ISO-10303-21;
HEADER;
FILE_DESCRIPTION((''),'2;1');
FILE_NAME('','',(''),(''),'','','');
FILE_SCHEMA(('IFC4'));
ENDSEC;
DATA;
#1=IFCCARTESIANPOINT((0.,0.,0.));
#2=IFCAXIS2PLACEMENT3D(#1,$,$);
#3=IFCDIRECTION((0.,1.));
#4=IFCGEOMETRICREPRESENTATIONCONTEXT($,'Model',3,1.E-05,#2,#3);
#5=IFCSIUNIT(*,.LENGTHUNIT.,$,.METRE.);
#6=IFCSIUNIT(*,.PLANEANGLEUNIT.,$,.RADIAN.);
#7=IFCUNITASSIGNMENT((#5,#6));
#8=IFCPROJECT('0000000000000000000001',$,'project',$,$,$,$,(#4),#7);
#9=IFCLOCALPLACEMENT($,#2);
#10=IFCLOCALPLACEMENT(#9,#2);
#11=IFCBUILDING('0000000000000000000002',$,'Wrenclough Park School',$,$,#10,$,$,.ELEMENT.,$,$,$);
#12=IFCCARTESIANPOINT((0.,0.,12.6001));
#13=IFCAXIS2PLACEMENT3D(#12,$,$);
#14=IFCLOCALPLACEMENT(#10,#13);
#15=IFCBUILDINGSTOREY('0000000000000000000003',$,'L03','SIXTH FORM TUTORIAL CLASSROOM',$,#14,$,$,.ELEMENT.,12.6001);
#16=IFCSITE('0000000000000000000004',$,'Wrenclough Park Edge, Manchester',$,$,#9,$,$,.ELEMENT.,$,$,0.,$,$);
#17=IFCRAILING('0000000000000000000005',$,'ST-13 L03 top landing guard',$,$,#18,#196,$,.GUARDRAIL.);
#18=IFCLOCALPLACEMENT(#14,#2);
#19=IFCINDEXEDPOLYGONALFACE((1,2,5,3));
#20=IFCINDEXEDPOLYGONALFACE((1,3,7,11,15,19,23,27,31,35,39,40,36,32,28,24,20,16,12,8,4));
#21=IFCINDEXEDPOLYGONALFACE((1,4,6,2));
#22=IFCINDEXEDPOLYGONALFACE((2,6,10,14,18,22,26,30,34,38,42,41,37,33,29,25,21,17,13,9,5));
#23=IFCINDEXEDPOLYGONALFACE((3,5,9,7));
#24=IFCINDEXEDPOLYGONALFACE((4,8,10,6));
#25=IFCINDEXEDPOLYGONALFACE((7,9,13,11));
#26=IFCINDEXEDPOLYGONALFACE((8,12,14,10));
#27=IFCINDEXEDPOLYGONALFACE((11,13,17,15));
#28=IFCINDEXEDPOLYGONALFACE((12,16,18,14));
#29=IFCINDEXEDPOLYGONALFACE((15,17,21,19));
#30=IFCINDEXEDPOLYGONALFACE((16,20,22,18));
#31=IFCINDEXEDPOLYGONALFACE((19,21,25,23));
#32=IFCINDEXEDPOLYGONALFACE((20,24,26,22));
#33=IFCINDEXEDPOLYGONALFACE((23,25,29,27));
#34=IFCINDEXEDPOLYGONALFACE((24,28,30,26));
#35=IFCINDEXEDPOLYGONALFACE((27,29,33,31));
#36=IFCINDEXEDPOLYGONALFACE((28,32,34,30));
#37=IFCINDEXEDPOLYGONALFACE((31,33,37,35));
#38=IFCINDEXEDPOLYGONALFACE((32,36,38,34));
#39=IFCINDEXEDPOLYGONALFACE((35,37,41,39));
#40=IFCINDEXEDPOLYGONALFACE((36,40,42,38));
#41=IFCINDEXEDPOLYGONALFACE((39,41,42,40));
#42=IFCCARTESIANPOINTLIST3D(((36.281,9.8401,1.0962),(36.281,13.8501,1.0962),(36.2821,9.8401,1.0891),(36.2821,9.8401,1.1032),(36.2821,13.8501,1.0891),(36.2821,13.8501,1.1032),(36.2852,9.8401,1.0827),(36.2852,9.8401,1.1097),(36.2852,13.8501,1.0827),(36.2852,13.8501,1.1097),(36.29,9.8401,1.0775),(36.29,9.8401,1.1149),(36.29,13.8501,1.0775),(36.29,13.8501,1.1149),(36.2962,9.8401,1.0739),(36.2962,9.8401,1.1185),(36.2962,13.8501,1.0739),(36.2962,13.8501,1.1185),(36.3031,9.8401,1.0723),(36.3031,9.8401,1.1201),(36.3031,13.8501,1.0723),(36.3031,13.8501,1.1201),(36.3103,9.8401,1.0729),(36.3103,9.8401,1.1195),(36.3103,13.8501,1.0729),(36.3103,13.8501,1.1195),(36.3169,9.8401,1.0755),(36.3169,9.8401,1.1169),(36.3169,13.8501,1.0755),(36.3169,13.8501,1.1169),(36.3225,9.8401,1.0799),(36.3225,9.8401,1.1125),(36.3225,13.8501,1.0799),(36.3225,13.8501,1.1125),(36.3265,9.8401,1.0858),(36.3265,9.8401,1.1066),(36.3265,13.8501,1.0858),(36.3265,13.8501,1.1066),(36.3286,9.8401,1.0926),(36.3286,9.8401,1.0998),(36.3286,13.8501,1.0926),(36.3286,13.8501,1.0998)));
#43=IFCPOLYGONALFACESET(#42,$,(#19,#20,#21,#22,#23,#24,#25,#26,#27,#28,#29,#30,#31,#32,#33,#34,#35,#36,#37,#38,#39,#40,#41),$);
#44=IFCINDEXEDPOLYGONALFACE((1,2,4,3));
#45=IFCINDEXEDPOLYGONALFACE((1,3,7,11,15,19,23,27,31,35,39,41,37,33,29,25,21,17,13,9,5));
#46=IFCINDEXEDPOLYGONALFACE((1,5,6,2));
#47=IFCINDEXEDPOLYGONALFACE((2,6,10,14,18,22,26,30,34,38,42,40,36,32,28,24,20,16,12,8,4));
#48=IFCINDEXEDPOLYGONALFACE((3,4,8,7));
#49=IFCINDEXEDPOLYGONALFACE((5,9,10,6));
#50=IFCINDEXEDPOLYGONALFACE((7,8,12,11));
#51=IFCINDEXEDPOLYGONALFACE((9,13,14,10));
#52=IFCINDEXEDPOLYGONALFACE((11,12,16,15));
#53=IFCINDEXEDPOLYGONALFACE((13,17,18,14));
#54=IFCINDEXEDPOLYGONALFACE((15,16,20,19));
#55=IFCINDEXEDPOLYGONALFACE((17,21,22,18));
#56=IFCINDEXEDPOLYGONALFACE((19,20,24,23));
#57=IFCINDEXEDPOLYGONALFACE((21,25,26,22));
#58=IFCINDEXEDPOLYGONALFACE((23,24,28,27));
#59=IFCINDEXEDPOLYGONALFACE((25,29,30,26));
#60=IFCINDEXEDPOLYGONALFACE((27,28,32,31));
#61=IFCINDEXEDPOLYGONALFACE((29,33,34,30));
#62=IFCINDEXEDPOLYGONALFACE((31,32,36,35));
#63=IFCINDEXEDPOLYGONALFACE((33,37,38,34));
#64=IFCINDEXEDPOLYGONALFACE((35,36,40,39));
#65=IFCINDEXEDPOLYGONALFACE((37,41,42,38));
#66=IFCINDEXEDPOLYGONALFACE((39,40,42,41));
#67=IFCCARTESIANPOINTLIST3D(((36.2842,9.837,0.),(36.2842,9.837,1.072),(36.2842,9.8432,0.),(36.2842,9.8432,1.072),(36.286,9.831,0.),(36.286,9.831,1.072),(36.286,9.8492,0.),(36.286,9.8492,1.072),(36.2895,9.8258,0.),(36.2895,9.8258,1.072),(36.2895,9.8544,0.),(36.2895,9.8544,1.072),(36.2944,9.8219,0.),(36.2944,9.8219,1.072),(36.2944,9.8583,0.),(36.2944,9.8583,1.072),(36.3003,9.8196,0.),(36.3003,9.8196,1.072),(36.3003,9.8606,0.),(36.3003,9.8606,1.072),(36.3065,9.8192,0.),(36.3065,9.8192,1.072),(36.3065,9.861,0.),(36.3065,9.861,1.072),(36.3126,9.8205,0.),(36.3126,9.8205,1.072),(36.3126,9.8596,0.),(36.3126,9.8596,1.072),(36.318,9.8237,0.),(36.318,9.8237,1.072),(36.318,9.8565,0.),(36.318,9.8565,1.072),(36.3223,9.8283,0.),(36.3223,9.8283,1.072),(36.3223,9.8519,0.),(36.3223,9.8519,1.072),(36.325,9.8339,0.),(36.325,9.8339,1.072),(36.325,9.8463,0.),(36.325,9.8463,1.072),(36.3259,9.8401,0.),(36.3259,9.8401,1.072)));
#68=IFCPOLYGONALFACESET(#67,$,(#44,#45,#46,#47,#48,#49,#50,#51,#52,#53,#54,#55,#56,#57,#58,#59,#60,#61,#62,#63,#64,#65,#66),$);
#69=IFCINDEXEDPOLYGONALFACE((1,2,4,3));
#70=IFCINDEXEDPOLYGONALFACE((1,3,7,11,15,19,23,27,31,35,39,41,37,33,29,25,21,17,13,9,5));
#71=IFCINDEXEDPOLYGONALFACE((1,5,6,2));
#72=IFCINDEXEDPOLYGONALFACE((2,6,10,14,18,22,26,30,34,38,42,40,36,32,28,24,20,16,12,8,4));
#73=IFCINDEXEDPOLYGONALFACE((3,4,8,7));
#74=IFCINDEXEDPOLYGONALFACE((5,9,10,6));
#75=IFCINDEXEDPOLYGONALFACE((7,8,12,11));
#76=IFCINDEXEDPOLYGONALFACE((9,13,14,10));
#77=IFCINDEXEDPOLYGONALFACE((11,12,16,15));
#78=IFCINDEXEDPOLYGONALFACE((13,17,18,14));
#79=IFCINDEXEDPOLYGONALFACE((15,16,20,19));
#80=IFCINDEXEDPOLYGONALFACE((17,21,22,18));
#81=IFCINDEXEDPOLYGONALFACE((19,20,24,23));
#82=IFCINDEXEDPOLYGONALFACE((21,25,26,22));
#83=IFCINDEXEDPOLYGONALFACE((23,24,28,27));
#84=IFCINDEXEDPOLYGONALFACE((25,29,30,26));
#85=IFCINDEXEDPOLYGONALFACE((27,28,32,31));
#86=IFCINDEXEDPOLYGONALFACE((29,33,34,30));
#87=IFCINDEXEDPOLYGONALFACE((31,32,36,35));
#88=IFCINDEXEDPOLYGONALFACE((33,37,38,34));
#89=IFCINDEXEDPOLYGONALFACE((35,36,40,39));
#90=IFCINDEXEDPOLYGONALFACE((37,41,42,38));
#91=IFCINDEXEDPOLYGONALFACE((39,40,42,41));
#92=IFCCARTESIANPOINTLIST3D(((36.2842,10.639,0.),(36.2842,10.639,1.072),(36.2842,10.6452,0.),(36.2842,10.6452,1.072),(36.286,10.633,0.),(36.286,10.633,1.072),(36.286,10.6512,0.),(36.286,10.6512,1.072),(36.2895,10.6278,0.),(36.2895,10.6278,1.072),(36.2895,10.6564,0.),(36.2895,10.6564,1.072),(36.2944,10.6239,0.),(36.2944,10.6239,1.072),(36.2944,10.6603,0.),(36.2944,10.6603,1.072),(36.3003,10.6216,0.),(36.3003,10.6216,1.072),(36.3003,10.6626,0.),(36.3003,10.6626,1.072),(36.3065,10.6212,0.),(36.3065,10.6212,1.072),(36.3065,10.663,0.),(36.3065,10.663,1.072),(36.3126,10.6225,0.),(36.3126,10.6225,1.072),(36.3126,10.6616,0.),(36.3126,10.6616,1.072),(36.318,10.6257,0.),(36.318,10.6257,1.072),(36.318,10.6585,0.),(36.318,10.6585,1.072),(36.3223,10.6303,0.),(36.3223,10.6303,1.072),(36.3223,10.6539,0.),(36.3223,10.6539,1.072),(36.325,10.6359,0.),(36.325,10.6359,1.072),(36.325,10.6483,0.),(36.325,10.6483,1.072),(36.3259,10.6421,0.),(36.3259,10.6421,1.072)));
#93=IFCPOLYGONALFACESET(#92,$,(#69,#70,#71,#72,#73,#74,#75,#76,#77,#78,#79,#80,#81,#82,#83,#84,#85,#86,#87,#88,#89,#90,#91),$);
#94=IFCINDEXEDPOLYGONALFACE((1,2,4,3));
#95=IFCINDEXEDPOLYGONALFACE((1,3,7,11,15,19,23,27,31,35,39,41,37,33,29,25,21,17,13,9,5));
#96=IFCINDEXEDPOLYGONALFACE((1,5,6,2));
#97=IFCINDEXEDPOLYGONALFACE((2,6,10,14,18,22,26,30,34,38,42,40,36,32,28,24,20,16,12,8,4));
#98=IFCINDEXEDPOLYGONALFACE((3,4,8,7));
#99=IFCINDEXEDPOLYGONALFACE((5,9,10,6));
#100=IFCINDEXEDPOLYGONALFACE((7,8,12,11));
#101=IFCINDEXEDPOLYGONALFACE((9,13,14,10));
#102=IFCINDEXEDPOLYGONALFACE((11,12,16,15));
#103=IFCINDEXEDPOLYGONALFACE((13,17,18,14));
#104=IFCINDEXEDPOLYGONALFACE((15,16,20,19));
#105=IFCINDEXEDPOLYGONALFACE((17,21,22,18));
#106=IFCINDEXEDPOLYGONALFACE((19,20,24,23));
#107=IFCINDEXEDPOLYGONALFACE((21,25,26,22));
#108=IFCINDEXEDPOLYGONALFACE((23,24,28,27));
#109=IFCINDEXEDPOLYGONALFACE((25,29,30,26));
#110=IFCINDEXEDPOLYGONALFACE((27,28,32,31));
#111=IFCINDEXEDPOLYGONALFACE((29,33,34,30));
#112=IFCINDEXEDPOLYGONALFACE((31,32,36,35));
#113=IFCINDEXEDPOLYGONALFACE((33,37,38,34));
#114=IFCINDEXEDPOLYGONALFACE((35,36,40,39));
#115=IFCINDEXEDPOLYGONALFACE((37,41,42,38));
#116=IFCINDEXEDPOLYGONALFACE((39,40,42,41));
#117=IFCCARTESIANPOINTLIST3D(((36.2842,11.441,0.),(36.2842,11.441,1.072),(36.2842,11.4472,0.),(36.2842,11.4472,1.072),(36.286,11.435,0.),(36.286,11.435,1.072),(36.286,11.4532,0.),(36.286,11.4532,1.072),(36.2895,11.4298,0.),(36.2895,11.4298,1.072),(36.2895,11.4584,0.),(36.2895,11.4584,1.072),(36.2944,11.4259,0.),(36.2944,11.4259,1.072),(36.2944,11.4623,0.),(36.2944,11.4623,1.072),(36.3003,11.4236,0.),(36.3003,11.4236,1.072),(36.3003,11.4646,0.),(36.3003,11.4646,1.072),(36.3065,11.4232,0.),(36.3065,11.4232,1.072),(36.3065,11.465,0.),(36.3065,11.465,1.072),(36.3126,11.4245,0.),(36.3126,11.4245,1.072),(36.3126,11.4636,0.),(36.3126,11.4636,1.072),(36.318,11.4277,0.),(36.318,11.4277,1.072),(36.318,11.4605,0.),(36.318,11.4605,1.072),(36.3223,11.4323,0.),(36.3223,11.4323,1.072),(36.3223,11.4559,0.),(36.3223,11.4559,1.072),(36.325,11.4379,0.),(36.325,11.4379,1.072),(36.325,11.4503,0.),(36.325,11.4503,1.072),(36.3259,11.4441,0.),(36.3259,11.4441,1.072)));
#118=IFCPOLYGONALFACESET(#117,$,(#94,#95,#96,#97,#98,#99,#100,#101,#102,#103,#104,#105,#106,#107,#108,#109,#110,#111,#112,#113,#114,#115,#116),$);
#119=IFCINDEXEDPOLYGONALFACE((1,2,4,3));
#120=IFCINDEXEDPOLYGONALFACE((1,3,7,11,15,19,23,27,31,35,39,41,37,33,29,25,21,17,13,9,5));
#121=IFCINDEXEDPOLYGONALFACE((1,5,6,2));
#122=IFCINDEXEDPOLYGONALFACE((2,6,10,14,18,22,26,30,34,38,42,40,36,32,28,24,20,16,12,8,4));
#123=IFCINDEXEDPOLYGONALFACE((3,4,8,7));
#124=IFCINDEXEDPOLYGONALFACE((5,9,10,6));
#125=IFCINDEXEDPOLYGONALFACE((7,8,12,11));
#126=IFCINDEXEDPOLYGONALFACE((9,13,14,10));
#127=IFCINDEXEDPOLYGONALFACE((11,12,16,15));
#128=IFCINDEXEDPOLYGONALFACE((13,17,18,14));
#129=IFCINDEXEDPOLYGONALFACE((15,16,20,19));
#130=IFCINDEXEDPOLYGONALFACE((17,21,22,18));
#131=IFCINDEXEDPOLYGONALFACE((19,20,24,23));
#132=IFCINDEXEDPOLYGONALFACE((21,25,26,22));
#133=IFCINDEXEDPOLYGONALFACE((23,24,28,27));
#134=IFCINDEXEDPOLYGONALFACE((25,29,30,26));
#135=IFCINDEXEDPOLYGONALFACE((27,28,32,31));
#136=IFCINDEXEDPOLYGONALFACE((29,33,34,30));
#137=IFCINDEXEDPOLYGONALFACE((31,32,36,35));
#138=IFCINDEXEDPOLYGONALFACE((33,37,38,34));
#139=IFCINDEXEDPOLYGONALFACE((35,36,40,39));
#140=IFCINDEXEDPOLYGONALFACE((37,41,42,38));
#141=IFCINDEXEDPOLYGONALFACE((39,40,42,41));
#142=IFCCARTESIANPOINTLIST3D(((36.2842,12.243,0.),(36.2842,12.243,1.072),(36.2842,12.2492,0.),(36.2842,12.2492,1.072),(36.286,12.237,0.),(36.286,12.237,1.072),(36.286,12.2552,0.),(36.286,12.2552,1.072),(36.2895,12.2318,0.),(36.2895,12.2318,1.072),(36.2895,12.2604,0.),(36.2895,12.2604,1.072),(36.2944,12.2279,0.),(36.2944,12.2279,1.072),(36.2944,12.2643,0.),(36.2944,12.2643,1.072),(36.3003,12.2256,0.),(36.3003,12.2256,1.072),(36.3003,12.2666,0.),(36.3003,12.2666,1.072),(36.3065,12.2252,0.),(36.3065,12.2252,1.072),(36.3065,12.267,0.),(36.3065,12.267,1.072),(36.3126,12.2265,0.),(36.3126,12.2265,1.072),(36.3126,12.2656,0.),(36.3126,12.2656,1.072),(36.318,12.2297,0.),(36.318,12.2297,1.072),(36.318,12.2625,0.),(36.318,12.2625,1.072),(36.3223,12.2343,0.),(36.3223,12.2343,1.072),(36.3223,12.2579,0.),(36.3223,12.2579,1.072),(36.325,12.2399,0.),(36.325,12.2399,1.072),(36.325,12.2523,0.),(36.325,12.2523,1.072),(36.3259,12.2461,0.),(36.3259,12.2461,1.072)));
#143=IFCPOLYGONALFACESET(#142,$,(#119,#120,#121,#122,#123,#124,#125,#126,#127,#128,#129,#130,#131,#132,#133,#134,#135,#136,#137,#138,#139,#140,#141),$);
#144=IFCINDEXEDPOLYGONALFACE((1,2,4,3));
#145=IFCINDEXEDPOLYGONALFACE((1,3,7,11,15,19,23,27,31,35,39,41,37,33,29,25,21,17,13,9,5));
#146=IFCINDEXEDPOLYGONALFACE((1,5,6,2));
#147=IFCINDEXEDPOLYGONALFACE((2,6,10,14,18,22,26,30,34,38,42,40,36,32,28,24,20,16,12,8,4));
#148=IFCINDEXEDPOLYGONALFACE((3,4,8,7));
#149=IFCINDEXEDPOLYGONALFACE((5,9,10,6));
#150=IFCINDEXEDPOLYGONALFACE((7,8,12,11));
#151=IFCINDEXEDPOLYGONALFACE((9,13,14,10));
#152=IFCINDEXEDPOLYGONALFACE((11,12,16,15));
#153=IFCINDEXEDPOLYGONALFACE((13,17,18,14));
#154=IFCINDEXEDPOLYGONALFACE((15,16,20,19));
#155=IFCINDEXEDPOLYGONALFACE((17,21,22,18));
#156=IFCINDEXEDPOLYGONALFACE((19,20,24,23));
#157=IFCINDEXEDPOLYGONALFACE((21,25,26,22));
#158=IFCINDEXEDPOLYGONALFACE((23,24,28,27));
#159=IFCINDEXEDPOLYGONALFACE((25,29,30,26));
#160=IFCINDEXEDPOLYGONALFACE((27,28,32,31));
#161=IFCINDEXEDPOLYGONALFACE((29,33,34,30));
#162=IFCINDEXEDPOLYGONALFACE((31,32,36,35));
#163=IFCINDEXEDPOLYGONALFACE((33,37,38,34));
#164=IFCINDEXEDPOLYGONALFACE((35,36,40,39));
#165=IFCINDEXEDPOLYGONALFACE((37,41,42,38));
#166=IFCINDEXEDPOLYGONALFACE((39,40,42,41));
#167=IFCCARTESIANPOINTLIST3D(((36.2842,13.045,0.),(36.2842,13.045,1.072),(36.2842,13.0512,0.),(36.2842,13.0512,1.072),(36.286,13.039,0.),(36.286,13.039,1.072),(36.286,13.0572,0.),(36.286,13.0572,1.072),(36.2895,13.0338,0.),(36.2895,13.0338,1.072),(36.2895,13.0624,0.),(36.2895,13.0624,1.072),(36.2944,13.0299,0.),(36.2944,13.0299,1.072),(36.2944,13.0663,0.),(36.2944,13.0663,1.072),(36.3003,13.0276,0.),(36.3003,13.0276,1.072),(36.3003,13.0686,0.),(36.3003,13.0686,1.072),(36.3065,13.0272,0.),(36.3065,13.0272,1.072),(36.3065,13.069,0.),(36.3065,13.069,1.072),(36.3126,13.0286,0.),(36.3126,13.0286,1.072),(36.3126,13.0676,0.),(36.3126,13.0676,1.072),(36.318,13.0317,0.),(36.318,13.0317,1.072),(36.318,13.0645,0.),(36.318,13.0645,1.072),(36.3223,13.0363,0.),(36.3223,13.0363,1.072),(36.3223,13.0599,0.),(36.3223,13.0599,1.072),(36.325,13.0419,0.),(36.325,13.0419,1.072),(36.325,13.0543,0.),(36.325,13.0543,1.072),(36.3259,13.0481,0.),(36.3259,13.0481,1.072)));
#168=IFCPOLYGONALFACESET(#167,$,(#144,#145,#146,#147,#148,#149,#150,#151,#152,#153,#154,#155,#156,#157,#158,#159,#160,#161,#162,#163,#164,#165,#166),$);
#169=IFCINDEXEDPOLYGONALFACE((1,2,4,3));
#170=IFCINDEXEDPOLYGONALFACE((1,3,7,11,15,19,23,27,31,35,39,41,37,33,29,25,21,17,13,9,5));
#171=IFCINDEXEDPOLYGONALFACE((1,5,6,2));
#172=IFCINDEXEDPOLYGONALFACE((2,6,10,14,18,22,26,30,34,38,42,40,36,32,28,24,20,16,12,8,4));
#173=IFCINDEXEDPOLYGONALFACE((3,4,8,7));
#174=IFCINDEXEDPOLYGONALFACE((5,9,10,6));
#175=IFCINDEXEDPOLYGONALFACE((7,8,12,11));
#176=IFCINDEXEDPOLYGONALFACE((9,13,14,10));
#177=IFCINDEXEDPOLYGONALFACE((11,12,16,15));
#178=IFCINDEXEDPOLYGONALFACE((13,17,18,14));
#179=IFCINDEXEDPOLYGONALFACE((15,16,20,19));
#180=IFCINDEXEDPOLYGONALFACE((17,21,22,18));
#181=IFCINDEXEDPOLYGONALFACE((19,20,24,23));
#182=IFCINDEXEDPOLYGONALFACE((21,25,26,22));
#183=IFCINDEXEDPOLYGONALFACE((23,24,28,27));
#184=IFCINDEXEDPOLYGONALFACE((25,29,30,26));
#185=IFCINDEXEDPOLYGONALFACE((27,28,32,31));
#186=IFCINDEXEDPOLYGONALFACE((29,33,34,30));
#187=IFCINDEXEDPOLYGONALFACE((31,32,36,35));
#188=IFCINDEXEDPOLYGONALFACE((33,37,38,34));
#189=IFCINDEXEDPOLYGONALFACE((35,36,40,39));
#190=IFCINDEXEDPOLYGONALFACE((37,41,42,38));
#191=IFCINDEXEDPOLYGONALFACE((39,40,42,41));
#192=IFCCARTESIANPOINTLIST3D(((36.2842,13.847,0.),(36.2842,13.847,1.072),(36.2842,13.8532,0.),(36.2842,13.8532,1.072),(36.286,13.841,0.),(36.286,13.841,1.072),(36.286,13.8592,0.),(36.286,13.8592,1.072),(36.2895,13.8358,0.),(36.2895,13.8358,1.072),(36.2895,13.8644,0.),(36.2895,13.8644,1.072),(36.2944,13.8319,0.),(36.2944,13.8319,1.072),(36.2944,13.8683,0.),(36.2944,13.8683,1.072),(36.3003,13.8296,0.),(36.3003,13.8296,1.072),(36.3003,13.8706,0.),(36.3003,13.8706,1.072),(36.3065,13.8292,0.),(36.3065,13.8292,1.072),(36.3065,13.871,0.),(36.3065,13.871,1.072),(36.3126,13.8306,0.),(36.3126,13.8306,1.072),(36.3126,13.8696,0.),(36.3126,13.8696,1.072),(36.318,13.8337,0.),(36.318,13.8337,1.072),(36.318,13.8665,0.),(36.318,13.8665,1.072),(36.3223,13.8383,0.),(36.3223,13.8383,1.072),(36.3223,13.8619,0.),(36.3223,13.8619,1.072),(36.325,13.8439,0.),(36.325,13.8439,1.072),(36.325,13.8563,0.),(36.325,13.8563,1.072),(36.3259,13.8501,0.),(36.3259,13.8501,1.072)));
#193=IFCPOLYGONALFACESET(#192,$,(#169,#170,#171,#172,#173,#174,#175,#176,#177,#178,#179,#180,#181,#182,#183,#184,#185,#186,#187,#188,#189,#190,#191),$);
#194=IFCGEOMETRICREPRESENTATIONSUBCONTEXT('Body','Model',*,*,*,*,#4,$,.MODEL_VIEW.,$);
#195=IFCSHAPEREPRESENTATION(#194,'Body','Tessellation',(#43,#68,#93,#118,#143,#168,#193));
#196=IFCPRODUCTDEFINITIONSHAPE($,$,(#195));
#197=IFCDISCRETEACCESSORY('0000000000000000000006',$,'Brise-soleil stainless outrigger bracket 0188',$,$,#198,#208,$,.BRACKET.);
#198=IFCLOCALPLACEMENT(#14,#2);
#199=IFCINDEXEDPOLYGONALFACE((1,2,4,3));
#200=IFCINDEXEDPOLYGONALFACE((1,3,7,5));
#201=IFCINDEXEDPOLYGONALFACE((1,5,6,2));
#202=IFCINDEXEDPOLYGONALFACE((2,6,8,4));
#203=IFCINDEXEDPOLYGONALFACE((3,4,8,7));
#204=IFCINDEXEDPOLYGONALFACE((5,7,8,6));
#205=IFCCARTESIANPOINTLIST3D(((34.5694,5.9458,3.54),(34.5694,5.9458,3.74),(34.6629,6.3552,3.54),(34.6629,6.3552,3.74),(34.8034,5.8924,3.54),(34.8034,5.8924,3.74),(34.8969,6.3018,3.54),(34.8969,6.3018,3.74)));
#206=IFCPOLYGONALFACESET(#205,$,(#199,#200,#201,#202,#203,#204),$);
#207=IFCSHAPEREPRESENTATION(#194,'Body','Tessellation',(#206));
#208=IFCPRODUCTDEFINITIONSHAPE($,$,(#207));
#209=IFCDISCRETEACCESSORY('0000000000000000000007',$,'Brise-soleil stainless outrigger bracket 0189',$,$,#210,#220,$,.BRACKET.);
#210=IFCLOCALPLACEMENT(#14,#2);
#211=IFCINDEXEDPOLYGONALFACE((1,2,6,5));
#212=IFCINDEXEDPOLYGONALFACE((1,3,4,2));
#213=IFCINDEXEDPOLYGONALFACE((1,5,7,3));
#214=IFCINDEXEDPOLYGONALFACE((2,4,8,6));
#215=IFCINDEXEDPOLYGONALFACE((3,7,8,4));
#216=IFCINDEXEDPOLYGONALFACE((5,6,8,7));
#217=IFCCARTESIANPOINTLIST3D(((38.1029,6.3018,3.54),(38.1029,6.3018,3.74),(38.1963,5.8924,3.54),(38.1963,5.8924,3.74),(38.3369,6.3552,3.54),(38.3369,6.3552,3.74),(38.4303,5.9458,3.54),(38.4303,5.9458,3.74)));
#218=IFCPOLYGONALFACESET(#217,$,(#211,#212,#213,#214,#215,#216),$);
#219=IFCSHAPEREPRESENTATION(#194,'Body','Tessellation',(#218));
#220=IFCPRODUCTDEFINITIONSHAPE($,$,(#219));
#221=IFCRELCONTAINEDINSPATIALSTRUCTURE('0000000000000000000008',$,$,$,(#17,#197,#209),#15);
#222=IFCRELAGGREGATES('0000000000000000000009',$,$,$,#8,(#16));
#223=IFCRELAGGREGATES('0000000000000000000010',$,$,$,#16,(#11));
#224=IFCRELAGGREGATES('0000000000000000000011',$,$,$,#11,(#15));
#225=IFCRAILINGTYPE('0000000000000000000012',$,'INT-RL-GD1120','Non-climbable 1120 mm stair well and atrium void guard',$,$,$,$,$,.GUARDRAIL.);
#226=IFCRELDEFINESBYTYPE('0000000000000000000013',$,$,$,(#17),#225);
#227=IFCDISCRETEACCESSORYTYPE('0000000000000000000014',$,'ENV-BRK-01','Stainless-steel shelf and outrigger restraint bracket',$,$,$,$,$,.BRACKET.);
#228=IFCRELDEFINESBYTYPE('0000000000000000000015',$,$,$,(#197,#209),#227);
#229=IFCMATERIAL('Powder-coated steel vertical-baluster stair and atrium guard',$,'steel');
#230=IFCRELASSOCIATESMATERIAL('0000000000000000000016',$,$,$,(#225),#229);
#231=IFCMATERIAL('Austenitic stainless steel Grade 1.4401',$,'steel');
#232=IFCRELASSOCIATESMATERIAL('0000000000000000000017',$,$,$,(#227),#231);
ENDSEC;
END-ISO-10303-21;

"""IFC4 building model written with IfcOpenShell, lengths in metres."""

from ifc_helpers import new_model, si_unit, direction, frame, origin, origin_2d, place, context, subcontext, project, spatial, rectangle, circle, extrude, material, type_object, element, save


model = new_model("IFC4")

# Units and contexts
model_context = context("Model", 3, precision=1e-05, world=origin(), true_north=direction((0.0, 1.0)))
body_context = subcontext(model_context, "Body", "Model", "MODEL_VIEW")
ifc_project = project(units=[si_unit("LENGTHUNIT", "METRE"), si_unit("PLANEANGLEUNIT", "RADIAN")], contexts=[model_context])

# Site, building, storey
site_placement = place(None, origin())
site = spatial("IfcSite", under=ifc_project, at=site_placement, Name="Wrenclough Park Edge, Manchester", CompositionType="ELEMENT", RefElevation=0.0)
building_placement = place(site_placement, origin())
building = spatial("IfcBuilding", under=site, at=building_placement, Name="Wrenclough Park School", CompositionType="ELEMENT")
storey_placement = place(building_placement, frame((0.0, 0.0, 12.6001)))
storey = spatial("IfcBuildingStorey", under=building, at=storey_placement, Name="L03", Description="SIXTH FORM TUTORIAL CLASSROOM", CompositionType="ELEMENT", Elevation=12.6001)

# Railing
ifc_material_1 = material(Name="Powder-coated steel vertical-baluster stair and atrium guard", Category="steel")
railing_type = type_object("IfcRailingType", Name="INT-RL-GD1120", Description="Non-climbable 1120 mm stair well and atrium void guard", PredefinedType="GUARDRAIL", material=ifc_material_1)
railing_1_placement = place(storey_placement, frame((36.3049, 9.8401, 0.0)))
element("IfcRailing", 1, at=railing_1_placement, inside=storey, type_object=railing_type, Name="ST-13 L03 top landing guard", PredefinedType="GUARDRAIL", context=body_context, shape_type="SweptSolid", body=[
    extrude(circle(Radius=0.0239, at=origin_2d()), frame((0.0, 0.0, 1.0962), z_axis=(0.0, 1.0, 0.0), x_axis=(-1.0, 0.0, 0.0)), (0.0, 0.0, 1.0), 4.01),
    extrude(circle(Radius=0.021, at=origin_2d()), origin(), (0.0, 0.0, 1.0), 1.072),
    extrude(circle(Radius=0.021, at=origin_2d()), frame((0.0, 0.802, 0.0)), (0.0, 0.0, 1.0), 1.072),
    extrude(circle(Radius=0.021, at=origin_2d()), frame((0.0, 1.604, 0.0)), (0.0, 0.0, 1.0), 1.072),
    extrude(circle(Radius=0.021, at=origin_2d()), frame((0.0, 2.406, 0.0)), (0.0, 0.0, 1.0), 1.072),
    extrude(circle(Radius=0.021, at=origin_2d()), frame((0.0, 3.208, 0.0)), (0.0, 0.0, 1.0), 1.072),
    extrude(circle(Radius=0.021, at=origin_2d()), frame((0.0, 4.01, 0.0)), (0.0, 0.0, 1.0), 1.072),
])

# Discrete accessories
ifc_material_2 = material(Name="Austenitic stainless steel Grade 1.4401", Category="steel")
discrete_accessory_type = type_object("IfcDiscreteAccessoryType", Name="ENV-BRK-01", Description="Stainless-steel shelf and outrigger restraint bracket", PredefinedType="BRACKET", material=ifc_material_2)
for number, where, z_axis, x_axis, name in (
    (2, (34.7332, 6.1238, 3.54), (0.0, 0.0, 1.0), (0.974926, -0.222528, 0.0), "Brise-soleil stainless outrigger bracket 0188"),
    (3, (38.2666, 6.1238, 3.54), (0.0, 0.0, 1.0), (0.974929, 0.222516, 0.0), "Brise-soleil stainless outrigger bracket 0189"),
):
    element("IfcDiscreteAccessory", number, at=place(storey_placement, frame(where, z_axis=z_axis, x_axis=x_axis)), inside=storey, type_object=discrete_accessory_type, Name=name, PredefinedType="BRACKET", context=body_context, shape_type="SweptSolid", body=[
        extrude(rectangle(XDim=0.24, YDim=0.4199, at=origin_2d()), origin(), (0.0, 0.0, 1.0), 0.2),
    ])

save(model, "model.ifc")
